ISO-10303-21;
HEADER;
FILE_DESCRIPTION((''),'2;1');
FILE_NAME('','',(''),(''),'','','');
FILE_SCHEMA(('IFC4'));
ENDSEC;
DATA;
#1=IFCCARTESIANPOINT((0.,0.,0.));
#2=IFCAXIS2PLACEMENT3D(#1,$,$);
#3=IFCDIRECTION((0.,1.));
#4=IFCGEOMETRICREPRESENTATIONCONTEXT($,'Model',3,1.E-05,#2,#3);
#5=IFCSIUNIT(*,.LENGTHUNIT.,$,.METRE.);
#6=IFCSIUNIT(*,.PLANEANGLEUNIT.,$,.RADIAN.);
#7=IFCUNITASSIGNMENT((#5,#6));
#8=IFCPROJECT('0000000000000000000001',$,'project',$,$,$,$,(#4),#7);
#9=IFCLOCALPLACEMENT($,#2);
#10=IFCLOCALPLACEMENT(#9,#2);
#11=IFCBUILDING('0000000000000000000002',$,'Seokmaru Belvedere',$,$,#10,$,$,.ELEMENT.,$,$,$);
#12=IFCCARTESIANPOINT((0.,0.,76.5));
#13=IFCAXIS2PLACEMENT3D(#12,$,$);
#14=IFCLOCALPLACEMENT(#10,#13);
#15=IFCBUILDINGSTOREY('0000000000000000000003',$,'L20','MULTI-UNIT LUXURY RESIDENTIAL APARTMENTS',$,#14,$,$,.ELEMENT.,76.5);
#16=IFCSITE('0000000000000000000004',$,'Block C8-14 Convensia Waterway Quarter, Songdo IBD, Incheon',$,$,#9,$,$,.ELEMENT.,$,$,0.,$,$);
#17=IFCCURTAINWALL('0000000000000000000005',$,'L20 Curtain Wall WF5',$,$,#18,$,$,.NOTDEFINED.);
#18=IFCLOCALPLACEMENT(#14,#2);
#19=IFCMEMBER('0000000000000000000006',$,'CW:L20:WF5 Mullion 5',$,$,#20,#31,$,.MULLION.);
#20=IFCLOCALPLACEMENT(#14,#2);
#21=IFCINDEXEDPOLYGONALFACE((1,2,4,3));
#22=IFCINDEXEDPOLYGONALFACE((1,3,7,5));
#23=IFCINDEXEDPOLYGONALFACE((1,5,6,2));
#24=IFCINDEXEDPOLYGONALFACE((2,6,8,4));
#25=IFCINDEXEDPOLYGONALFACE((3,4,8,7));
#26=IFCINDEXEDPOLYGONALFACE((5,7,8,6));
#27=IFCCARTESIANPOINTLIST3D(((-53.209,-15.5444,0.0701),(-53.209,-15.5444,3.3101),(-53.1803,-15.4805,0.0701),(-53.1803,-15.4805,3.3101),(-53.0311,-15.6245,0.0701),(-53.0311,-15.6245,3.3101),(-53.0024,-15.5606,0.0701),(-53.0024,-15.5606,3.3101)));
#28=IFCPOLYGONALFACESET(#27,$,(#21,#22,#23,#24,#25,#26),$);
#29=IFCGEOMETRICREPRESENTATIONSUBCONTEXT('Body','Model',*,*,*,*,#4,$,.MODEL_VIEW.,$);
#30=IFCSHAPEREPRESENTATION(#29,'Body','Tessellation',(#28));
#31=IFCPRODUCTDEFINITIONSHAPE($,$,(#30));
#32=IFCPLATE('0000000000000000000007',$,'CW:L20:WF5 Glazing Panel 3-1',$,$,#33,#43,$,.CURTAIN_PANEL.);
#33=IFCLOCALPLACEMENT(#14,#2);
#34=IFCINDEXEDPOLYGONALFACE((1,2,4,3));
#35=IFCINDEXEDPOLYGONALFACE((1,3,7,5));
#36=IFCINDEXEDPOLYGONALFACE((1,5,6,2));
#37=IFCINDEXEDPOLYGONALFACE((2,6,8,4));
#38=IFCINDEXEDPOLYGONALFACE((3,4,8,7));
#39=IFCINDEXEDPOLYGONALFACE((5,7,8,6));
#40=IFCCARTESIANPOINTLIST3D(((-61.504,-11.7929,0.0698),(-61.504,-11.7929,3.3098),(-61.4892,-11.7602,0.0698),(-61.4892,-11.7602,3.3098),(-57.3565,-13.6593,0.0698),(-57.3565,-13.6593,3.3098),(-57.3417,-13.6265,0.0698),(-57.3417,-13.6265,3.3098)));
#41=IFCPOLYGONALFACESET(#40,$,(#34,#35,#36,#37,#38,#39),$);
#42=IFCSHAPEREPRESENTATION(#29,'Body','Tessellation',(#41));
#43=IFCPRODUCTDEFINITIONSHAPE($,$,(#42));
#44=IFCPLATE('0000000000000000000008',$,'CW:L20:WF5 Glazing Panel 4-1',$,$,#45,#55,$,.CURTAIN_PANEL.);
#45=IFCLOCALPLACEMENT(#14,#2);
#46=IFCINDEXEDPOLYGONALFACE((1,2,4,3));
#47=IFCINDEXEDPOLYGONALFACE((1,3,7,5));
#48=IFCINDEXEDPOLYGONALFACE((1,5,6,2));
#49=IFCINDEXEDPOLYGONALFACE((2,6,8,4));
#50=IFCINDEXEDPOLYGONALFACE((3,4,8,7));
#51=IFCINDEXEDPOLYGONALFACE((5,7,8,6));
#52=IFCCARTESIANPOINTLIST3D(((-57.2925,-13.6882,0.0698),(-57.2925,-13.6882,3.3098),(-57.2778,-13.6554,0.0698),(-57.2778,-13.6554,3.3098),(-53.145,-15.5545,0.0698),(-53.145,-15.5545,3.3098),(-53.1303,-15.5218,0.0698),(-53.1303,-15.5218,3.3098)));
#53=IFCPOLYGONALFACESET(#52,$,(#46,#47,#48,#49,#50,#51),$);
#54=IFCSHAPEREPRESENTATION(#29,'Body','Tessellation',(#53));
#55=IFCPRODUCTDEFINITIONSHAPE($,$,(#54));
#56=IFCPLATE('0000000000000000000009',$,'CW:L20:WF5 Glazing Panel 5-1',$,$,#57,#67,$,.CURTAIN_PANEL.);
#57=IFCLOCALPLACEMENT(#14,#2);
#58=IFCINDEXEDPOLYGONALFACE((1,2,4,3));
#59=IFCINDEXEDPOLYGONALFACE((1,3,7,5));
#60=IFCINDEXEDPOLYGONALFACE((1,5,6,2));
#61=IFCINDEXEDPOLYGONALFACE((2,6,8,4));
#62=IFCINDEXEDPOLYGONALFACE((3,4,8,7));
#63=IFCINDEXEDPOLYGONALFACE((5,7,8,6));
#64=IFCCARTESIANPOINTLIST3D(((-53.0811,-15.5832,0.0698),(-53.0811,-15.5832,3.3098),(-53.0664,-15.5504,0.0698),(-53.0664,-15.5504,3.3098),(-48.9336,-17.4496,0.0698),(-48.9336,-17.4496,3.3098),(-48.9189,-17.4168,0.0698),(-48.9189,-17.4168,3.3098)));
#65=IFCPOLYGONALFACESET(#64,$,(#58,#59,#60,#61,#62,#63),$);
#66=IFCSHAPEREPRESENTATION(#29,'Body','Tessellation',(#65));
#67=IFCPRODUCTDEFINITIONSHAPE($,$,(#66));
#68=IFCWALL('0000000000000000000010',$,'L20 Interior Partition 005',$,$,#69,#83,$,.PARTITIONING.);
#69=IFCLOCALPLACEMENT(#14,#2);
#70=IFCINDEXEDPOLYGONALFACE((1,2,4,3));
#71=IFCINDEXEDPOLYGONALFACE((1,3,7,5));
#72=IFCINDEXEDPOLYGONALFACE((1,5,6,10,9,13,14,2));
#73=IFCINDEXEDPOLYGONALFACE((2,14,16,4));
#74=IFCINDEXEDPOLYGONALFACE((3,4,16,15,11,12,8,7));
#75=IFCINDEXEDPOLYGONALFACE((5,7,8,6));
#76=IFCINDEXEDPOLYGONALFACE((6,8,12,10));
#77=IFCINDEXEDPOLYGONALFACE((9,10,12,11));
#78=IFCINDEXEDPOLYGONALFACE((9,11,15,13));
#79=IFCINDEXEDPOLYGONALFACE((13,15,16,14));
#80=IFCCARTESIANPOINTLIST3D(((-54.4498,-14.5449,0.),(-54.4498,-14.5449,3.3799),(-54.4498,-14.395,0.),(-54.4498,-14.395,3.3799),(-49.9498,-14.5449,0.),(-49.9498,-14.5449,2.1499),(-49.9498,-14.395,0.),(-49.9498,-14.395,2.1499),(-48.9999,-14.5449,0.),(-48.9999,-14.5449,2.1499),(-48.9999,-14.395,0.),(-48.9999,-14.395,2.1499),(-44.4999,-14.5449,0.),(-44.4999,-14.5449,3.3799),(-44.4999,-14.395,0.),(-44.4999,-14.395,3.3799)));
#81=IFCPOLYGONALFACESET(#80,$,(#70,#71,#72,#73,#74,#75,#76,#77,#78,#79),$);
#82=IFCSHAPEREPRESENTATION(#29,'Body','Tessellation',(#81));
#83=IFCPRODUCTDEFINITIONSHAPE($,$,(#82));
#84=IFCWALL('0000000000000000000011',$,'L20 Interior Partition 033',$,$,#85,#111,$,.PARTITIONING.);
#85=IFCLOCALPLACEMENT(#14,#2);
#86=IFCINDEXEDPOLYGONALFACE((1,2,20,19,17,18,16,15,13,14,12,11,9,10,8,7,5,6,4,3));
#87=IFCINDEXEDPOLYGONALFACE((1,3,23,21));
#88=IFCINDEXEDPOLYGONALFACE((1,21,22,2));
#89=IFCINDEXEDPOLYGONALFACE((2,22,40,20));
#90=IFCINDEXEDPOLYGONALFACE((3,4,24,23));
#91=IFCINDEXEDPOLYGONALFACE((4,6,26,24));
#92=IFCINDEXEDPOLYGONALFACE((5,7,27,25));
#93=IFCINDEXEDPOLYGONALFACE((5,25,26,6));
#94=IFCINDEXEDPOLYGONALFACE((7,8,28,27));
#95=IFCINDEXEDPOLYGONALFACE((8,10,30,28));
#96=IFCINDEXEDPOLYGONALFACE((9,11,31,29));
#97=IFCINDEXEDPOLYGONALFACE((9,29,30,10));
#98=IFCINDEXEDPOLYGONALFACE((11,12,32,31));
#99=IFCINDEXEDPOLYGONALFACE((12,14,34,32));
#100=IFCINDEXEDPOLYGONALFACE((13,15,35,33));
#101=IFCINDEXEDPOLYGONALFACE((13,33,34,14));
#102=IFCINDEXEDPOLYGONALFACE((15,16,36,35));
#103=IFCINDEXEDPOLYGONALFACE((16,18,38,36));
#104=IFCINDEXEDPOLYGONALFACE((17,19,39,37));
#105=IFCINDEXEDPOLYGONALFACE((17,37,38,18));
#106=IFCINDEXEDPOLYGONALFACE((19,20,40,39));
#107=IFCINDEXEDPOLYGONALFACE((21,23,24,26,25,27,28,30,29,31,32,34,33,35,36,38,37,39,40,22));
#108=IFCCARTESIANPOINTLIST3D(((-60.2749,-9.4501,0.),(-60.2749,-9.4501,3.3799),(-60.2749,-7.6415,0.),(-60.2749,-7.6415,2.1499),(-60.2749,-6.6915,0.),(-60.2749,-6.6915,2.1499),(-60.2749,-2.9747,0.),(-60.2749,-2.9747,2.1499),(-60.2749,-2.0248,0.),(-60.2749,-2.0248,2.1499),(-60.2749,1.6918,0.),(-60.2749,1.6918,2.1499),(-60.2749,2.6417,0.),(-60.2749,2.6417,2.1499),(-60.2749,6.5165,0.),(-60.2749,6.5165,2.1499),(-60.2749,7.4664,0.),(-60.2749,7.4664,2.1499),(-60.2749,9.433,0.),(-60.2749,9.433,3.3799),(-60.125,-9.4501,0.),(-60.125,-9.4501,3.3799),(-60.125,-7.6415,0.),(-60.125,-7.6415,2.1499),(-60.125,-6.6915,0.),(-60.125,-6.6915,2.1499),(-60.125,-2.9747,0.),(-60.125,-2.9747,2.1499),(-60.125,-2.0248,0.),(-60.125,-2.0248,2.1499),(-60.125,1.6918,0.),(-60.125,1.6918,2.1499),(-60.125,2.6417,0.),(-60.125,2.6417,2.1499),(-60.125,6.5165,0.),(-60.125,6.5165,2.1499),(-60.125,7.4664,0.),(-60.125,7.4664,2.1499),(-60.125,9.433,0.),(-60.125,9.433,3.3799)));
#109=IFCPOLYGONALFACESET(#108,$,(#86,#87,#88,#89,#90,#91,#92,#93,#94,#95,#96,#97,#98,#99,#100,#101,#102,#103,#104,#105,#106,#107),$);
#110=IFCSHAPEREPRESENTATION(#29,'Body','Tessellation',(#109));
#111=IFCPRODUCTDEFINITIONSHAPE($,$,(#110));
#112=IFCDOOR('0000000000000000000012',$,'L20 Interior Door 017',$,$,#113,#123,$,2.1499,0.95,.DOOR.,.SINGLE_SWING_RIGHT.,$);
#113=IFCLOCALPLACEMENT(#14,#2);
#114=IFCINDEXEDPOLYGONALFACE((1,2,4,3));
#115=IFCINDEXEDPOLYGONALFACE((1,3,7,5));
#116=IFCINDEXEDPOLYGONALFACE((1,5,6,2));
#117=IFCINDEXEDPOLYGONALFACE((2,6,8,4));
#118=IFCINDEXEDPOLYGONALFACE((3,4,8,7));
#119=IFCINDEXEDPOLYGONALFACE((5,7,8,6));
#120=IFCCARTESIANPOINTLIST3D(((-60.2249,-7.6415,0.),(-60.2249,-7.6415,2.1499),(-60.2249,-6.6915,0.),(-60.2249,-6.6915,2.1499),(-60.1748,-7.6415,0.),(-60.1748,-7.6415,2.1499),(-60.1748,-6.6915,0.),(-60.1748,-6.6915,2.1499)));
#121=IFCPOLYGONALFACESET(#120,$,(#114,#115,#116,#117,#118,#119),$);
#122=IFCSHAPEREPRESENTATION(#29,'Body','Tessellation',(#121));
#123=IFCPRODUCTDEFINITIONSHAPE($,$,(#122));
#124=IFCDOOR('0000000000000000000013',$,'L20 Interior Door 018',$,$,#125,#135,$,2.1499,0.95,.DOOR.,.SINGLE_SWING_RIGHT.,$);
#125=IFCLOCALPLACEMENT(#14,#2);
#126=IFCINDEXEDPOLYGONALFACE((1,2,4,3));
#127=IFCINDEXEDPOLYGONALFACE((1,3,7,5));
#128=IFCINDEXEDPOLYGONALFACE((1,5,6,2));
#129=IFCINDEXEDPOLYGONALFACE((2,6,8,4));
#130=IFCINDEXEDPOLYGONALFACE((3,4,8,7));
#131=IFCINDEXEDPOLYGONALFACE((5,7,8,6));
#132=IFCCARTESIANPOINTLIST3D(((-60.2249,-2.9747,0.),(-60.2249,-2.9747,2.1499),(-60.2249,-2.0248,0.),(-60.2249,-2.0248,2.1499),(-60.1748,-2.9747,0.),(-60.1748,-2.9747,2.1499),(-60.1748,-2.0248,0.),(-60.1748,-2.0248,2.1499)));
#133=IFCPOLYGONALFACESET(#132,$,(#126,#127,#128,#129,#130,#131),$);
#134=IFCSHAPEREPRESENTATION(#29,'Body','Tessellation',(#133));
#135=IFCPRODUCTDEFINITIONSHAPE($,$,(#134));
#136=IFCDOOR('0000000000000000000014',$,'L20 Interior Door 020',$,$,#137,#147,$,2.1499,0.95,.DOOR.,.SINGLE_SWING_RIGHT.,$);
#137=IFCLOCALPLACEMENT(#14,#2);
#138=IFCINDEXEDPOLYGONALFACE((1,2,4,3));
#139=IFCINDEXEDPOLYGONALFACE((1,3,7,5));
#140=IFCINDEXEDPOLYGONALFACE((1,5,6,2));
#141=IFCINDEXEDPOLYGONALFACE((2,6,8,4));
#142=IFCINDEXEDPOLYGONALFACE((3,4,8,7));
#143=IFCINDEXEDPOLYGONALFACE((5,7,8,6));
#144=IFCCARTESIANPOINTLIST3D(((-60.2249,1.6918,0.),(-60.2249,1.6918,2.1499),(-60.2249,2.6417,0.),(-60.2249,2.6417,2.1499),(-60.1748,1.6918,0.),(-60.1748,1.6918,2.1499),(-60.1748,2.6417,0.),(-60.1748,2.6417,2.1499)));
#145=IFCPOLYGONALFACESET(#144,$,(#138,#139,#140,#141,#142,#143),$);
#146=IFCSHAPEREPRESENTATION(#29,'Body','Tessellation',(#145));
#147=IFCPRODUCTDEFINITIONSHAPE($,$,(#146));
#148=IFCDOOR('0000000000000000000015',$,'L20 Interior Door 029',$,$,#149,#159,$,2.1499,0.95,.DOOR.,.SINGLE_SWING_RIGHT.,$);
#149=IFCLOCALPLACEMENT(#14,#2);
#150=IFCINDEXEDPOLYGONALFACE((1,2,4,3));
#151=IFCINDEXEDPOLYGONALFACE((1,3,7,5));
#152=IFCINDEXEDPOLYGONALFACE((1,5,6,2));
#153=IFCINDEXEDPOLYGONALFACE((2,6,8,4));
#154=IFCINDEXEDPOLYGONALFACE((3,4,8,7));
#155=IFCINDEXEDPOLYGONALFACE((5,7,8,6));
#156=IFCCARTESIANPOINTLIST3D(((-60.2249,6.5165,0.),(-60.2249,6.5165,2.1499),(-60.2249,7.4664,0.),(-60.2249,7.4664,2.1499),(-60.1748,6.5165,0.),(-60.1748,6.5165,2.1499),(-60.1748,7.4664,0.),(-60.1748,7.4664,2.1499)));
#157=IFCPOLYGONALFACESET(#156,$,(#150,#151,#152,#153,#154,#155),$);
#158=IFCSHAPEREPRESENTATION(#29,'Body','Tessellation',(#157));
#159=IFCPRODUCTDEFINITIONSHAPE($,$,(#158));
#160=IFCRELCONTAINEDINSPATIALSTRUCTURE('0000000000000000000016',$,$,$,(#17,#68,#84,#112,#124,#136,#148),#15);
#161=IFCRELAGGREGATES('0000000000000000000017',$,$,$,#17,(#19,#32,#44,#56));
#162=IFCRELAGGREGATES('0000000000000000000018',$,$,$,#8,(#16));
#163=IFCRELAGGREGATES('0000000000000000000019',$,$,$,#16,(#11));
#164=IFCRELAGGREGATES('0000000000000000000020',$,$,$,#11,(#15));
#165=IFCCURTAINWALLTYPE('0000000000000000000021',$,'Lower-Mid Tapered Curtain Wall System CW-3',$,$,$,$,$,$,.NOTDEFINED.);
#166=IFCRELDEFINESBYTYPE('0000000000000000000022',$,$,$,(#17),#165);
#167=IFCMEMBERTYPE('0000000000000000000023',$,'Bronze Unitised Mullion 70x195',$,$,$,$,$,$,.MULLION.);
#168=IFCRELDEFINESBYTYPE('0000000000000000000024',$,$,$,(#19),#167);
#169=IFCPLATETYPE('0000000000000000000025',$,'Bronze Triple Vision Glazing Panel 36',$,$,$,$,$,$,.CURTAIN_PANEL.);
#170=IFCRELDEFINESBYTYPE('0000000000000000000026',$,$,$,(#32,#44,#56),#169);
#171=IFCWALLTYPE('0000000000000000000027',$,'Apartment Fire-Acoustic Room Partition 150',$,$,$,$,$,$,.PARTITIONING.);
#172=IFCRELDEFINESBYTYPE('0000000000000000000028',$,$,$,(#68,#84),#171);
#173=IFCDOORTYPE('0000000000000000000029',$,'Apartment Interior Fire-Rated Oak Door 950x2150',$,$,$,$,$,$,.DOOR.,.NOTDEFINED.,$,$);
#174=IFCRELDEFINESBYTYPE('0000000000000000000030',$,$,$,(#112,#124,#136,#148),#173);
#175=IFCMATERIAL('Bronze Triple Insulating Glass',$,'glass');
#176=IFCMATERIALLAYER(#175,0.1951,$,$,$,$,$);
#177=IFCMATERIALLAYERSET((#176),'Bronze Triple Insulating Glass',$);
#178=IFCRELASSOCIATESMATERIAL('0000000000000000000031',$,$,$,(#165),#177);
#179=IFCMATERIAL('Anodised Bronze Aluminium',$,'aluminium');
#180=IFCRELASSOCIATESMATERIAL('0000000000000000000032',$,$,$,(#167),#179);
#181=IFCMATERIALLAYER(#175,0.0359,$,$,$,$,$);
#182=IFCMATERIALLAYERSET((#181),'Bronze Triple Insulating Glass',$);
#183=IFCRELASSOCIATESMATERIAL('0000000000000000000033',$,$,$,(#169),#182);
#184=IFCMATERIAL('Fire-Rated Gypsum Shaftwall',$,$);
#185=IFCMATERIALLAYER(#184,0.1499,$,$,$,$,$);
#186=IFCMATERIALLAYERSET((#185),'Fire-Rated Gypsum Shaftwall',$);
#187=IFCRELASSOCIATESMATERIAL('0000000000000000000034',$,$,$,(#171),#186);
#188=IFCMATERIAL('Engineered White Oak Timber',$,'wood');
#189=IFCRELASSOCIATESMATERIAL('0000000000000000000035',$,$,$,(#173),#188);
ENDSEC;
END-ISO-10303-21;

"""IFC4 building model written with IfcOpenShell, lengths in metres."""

from ifc_helpers import new_model, si_unit, direction, frame, frame_2d, origin, origin_2d, place, context, subcontext, project, spatial, rectangle, extrude, source, transform, mapped, material, layer, layer_set, material_profile, profile_set, type_object, type_shapes, element, fill, aggregate, save


model = new_model("IFC4")

# Units and contexts
model_context = context("Model", 3, precision=1e-05, world=origin(), true_north=direction((0.0, 1.0)))
body_context = subcontext(model_context, "Body", "Model", "MODEL_VIEW")
ifc_project = project(units=[si_unit("LENGTHUNIT", "METRE"), si_unit("PLANEANGLEUNIT", "RADIAN")], contexts=[model_context])

# Site, building, storey
site_placement = place(None, origin())
site = spatial("IfcSite", under=ifc_project, at=site_placement, Name="Block C8-14 Convensia Waterway Quarter, Songdo IBD, Incheon", CompositionType="ELEMENT", RefElevation=0.0)
building_placement = place(site_placement, origin())
building = spatial("IfcBuilding", under=site, at=building_placement, Name="Seokmaru Belvedere", CompositionType="ELEMENT")
storey_placement = place(building_placement, frame((0.0, 0.0, 76.5)))
storey = spatial("IfcBuildingStorey", under=building, at=storey_placement, Name="L20", Description="MULTI-UNIT LUXURY RESIDENTIAL APARTMENTS", CompositionType="ELEMENT", Elevation=76.5)

# Curtain wall, member, plates
ifc_material_1 = material(Name="Bronze Triple Insulating Glass", Category="glass")
ifc_layer_1 = layer(ifc_material_1, 0.1951)
ifc_layer_set_1 = layer_set([ifc_layer_1], Name="Bronze Triple Insulating Glass")
curtain_wall_type = type_object("IfcCurtainWallType", Name="Lower-Mid Tapered Curtain Wall System CW-3", PredefinedType="NOTDEFINED", material=ifc_layer_set_1)
curtain_wall_placement = place(storey_placement, origin())
curtain_wall = element("IfcCurtainWall", 1, at=curtain_wall_placement, inside=storey, type_object=curtain_wall_type, Name="L20 Curtain Wall WF5", PredefinedType="NOTDEFINED")
ifc_material_2 = material(Name="Anodised Bronze Aluminium", Category="aluminium")
ifc_material_profile_1 = material_profile(ifc_material_2, rectangle(XDim=0.0701, YDim=0.1951, at=origin_2d()), Name="CW-M-70x195")
ifc_profile_set_1 = profile_set([ifc_material_profile_1], Name="Anodised Bronze Aluminium")
member_type = type_object("IfcMemberType", Name="Bronze Unitised Mullion 70x195", PredefinedType="MULLION", material=ifc_profile_set_1)
shared_shape_1 = source(origin(), body_context, "Body", "SweptSolid", [
    extrude(rectangle(XDim=0.0701, YDim=0.1951, at=origin_2d()), origin(), (0.0, 0.0, 1.0), 3.24),
])
type_shapes(member_type, [shared_shape_1])
member_1_placement = place(storey_placement, frame((-53.1057, -15.5525, 0.0701), z_axis=(0.0, 0.0, 1.0), x_axis=(0.410366, 0.911921, 0.0)))
member_1 = element("IfcMember", 2, at=member_1_placement, type_object=member_type, Name="CW:L20:WF5 Mullion 5", PredefinedType="MULLION", context=body_context, shape_type="MappedRepresentation", body=[
    mapped(shared_shape_1, transform((0.0, 0.0, 0.0), scale=1.0)),
])
ifc_layer_2 = layer(ifc_material_1, 0.0359)
ifc_layer_set_2 = layer_set([ifc_layer_2], Name="Bronze Triple Insulating Glass")
plate_type = type_object("IfcPlateType", Name="Bronze Triple Vision Glazing Panel 36", PredefinedType="CURTAIN_PANEL", material=ifc_layer_set_2)
shared_shape_2 = source(origin(), body_context, "Body", "SweptSolid", [
    extrude(rectangle(XDim=4.5481, YDim=0.0359, at=origin_2d()), origin(), (0.0, 0.0, 1.0), 3.24),
])
type_shapes(plate_type, [shared_shape_2])
plate_1_placement = place(storey_placement, frame((-59.4229, -12.7097, 0.0698), z_axis=(0.0, 0.0, 1.0), x_axis=(0.911921, -0.410366, 0.0)))
plate_1 = element("IfcPlate", 3, at=plate_1_placement, type_object=plate_type, Name="CW:L20:WF5 Glazing Panel 3-1", PredefinedType="CURTAIN_PANEL", context=body_context, shape_type="MappedRepresentation", body=[
    mapped(shared_shape_2, transform((0.0, 0.0, 0.0), scale=1.0)),
])
plate_2_placement = place(storey_placement, frame((-55.2114, -14.605, 0.0698), z_axis=(0.0, 0.0, 1.0), x_axis=(0.911921, -0.410366, 0.0)))
plate_2 = element("IfcPlate", 4, at=plate_2_placement, type_object=plate_type, Name="CW:L20:WF5 Glazing Panel 4-1", PredefinedType="CURTAIN_PANEL", context=body_context, shape_type="MappedRepresentation", body=[
    mapped(shared_shape_2, transform((0.0, 0.0, 0.0), scale=1.0)),
])
plate_3_placement = place(storey_placement, frame((-51.0, -16.5, 0.0698), z_axis=(0.0, 0.0, 1.0), x_axis=(0.911921, -0.410366, 0.0)))
plate_3 = element("IfcPlate", 5, at=plate_3_placement, type_object=plate_type, Name="CW:L20:WF5 Glazing Panel 5-1", PredefinedType="CURTAIN_PANEL", context=body_context, shape_type="MappedRepresentation", body=[
    mapped(shared_shape_2, transform((0.0, 0.0, 0.0), scale=1.0)),
])
aggregate(curtain_wall, [member_1, plate_1, plate_2, plate_3])

# Wall, opening
ifc_material_3 = material(Name="Fire-Rated Gypsum Shaftwall")
ifc_layer_3 = layer(ifc_material_3, 0.1499)
ifc_layer_set_3 = layer_set([ifc_layer_3], Name="Fire-Rated Gypsum Shaftwall")
wall_type = type_object("IfcWallType", Name="Apartment Fire-Acoustic Room Partition 150", PredefinedType="PARTITIONING", material=ifc_layer_set_3)
wall_1_placement = place(storey_placement, frame((-54.45, -14.47, 0.0), z_axis=(0.0, 0.0, 1.0), x_axis=(1.0, 0.0, 0.0)))
wall_1 = element("IfcWall", 6, at=wall_1_placement, inside=storey, type_object=wall_type, Name="L20 Interior Partition 005", PredefinedType="PARTITIONING", context=body_context, shape_type="SweptSolid", body=[
    extrude(rectangle(XDim=9.95, YDim=0.1499, at=frame_2d((4.9751, 0.0))), origin(), (0.0, 0.0, 1.0), 3.3799),
])
opening_1_placement = place(wall_1_placement, frame((4.5, 0.0, 0.0)))
element("IfcOpeningElement", 7, at=opening_1_placement, cuts=wall_1, PredefinedType="OPENING", context=body_context, shape_type="SweptSolid", body=[
    extrude(rectangle(XDim=0.95, YDim=2.1499, at=frame_2d((0.4751, 1.075))), frame((0.0, 0.085, 0.0), z_axis=(0.0, -1.0, 0.0), x_axis=(1.0, 0.0, 0.0)), (0.0, 0.0, 1.0), 0.1699),
])

# Wall, openings, doors
wall_2_placement = place(storey_placement, frame((-60.2, -9.45, 0.0), z_axis=(0.0, 0.0, 1.0), x_axis=(0.0, 1.0, 0.0)))
wall_2 = element("IfcWall", 8, at=wall_2_placement, inside=storey, type_object=wall_type, Name="L20 Interior Partition 033", PredefinedType="PARTITIONING", context=body_context, shape_type="SweptSolid", body=[
    extrude(rectangle(XDim=18.8831, YDim=0.1499, at=frame_2d((9.4414, 0.0))), origin(), (0.0, 0.0, 1.0), 3.3799),
])
opening_2_placement = place(wall_2_placement, frame((1.8083, 0.0, 0.0)))
opening_2 = element("IfcOpeningElement", 9, at=opening_2_placement, cuts=wall_2, PredefinedType="OPENING", context=body_context, shape_type="SweptSolid", body=[
    extrude(rectangle(XDim=0.95, YDim=2.1499, at=frame_2d((0.4751, 1.075))), frame((0.0, 0.085, 0.0), z_axis=(0.0, -1.0, 0.0), x_axis=(1.0, 0.0, 0.0)), (0.0, 0.0, 1.0), 0.1699),
])
opening_3_placement = place(wall_2_placement, frame((6.4751, 0.0, 0.0)))
opening_3 = element("IfcOpeningElement", 10, at=opening_3_placement, cuts=wall_2, PredefinedType="OPENING", context=body_context, shape_type="SweptSolid", body=[
    extrude(rectangle(XDim=0.95, YDim=2.1499, at=frame_2d((0.4751, 1.075))), frame((0.0, 0.085, 0.0), z_axis=(0.0, -1.0, 0.0), x_axis=(1.0, 0.0, 0.0)), (0.0, 0.0, 1.0), 0.1699),
])
opening_4_placement = place(wall_2_placement, frame((11.1416, 0.0, 0.0)))
opening_4 = element("IfcOpeningElement", 11, at=opening_4_placement, cuts=wall_2, PredefinedType="OPENING", context=body_context, shape_type="SweptSolid", body=[
    extrude(rectangle(XDim=0.95, YDim=2.1499, at=frame_2d((0.4751, 1.075))), frame((0.0, 0.085, 0.0), z_axis=(0.0, -1.0, 0.0), x_axis=(1.0, 0.0, 0.0)), (0.0, 0.0, 1.0), 0.1699),
])
opening_5_placement = place(wall_2_placement, frame((15.9663, 0.0, 0.0)))
opening_5 = element("IfcOpeningElement", 12, at=opening_5_placement, cuts=wall_2, PredefinedType="OPENING", context=body_context, shape_type="SweptSolid", body=[
    extrude(rectangle(XDim=0.95, YDim=2.1499, at=frame_2d((0.4751, 1.075))), frame((0.0, 0.085, 0.0), z_axis=(0.0, -1.0, 0.0), x_axis=(1.0, 0.0, 0.0)), (0.0, 0.0, 1.0), 0.1699),
])
ifc_material_4 = material(Name="Engineered White Oak Timber", Category="wood")
door_type = type_object("IfcDoorType", Name="Apartment Interior Fire-Rated Oak Door 950x2150", OperationType="NOTDEFINED", PredefinedType="DOOR", material=ifc_material_4)
shared_shape_3 = source(origin(), body_context, "Body", "SweptSolid", [
    extrude(rectangle(XDim=0.95, YDim=2.1499, at=frame_2d((0.4751, 1.075))), frame((0.0, 0.0249, 0.0), z_axis=(0.0, -1.0, 0.0), x_axis=(1.0, 0.0, 0.0)), (0.0, 0.0, 1.0), 0.05),
])
type_shapes(door_type, [shared_shape_3])
door_1_placement = place(opening_2_placement, origin())
door_1 = element("IfcDoor", 13, at=door_1_placement, inside=storey, type_object=door_type, Name="L20 Interior Door 017", OperationType="SINGLE_SWING_RIGHT", OverallHeight=2.1499, OverallWidth=0.95, PredefinedType="DOOR", context=body_context, shape_type="MappedRepresentation", body=[
    mapped(shared_shape_3, transform((0.0, 0.0, 0.0), scale=1.0)),
])
fill(opening_2, door_1)
door_2_placement = place(opening_3_placement, origin())
door_2 = element("IfcDoor", 14, at=door_2_placement, inside=storey, type_object=door_type, Name="L20 Interior Door 018", OperationType="SINGLE_SWING_RIGHT", OverallHeight=2.1499, OverallWidth=0.95, PredefinedType="DOOR", context=body_context, shape_type="MappedRepresentation", body=[
    mapped(shared_shape_3, transform((0.0, 0.0, 0.0), scale=1.0)),
])
fill(opening_3, door_2)
door_3_placement = place(opening_4_placement, origin())
door_3 = element("IfcDoor", 15, at=door_3_placement, inside=storey, type_object=door_type, Name="L20 Interior Door 020", OperationType="SINGLE_SWING_RIGHT", OverallHeight=2.1499, OverallWidth=0.95, PredefinedType="DOOR", context=body_context, shape_type="MappedRepresentation", body=[
    mapped(shared_shape_3, transform((0.0, 0.0, 0.0), scale=1.0)),
])
fill(opening_4, door_3)
door_4_placement = place(opening_5_placement, origin())
door_4 = element("IfcDoor", 16, at=door_4_placement, inside=storey, type_object=door_type, Name="L20 Interior Door 029", OperationType="SINGLE_SWING_RIGHT", OverallHeight=2.1499, OverallWidth=0.95, PredefinedType="DOOR", context=body_context, shape_type="MappedRepresentation", body=[
    mapped(shared_shape_3, transform((0.0, 0.0, 0.0), scale=1.0)),
])
fill(opening_5, door_4)

save(model, "model.ifc")
